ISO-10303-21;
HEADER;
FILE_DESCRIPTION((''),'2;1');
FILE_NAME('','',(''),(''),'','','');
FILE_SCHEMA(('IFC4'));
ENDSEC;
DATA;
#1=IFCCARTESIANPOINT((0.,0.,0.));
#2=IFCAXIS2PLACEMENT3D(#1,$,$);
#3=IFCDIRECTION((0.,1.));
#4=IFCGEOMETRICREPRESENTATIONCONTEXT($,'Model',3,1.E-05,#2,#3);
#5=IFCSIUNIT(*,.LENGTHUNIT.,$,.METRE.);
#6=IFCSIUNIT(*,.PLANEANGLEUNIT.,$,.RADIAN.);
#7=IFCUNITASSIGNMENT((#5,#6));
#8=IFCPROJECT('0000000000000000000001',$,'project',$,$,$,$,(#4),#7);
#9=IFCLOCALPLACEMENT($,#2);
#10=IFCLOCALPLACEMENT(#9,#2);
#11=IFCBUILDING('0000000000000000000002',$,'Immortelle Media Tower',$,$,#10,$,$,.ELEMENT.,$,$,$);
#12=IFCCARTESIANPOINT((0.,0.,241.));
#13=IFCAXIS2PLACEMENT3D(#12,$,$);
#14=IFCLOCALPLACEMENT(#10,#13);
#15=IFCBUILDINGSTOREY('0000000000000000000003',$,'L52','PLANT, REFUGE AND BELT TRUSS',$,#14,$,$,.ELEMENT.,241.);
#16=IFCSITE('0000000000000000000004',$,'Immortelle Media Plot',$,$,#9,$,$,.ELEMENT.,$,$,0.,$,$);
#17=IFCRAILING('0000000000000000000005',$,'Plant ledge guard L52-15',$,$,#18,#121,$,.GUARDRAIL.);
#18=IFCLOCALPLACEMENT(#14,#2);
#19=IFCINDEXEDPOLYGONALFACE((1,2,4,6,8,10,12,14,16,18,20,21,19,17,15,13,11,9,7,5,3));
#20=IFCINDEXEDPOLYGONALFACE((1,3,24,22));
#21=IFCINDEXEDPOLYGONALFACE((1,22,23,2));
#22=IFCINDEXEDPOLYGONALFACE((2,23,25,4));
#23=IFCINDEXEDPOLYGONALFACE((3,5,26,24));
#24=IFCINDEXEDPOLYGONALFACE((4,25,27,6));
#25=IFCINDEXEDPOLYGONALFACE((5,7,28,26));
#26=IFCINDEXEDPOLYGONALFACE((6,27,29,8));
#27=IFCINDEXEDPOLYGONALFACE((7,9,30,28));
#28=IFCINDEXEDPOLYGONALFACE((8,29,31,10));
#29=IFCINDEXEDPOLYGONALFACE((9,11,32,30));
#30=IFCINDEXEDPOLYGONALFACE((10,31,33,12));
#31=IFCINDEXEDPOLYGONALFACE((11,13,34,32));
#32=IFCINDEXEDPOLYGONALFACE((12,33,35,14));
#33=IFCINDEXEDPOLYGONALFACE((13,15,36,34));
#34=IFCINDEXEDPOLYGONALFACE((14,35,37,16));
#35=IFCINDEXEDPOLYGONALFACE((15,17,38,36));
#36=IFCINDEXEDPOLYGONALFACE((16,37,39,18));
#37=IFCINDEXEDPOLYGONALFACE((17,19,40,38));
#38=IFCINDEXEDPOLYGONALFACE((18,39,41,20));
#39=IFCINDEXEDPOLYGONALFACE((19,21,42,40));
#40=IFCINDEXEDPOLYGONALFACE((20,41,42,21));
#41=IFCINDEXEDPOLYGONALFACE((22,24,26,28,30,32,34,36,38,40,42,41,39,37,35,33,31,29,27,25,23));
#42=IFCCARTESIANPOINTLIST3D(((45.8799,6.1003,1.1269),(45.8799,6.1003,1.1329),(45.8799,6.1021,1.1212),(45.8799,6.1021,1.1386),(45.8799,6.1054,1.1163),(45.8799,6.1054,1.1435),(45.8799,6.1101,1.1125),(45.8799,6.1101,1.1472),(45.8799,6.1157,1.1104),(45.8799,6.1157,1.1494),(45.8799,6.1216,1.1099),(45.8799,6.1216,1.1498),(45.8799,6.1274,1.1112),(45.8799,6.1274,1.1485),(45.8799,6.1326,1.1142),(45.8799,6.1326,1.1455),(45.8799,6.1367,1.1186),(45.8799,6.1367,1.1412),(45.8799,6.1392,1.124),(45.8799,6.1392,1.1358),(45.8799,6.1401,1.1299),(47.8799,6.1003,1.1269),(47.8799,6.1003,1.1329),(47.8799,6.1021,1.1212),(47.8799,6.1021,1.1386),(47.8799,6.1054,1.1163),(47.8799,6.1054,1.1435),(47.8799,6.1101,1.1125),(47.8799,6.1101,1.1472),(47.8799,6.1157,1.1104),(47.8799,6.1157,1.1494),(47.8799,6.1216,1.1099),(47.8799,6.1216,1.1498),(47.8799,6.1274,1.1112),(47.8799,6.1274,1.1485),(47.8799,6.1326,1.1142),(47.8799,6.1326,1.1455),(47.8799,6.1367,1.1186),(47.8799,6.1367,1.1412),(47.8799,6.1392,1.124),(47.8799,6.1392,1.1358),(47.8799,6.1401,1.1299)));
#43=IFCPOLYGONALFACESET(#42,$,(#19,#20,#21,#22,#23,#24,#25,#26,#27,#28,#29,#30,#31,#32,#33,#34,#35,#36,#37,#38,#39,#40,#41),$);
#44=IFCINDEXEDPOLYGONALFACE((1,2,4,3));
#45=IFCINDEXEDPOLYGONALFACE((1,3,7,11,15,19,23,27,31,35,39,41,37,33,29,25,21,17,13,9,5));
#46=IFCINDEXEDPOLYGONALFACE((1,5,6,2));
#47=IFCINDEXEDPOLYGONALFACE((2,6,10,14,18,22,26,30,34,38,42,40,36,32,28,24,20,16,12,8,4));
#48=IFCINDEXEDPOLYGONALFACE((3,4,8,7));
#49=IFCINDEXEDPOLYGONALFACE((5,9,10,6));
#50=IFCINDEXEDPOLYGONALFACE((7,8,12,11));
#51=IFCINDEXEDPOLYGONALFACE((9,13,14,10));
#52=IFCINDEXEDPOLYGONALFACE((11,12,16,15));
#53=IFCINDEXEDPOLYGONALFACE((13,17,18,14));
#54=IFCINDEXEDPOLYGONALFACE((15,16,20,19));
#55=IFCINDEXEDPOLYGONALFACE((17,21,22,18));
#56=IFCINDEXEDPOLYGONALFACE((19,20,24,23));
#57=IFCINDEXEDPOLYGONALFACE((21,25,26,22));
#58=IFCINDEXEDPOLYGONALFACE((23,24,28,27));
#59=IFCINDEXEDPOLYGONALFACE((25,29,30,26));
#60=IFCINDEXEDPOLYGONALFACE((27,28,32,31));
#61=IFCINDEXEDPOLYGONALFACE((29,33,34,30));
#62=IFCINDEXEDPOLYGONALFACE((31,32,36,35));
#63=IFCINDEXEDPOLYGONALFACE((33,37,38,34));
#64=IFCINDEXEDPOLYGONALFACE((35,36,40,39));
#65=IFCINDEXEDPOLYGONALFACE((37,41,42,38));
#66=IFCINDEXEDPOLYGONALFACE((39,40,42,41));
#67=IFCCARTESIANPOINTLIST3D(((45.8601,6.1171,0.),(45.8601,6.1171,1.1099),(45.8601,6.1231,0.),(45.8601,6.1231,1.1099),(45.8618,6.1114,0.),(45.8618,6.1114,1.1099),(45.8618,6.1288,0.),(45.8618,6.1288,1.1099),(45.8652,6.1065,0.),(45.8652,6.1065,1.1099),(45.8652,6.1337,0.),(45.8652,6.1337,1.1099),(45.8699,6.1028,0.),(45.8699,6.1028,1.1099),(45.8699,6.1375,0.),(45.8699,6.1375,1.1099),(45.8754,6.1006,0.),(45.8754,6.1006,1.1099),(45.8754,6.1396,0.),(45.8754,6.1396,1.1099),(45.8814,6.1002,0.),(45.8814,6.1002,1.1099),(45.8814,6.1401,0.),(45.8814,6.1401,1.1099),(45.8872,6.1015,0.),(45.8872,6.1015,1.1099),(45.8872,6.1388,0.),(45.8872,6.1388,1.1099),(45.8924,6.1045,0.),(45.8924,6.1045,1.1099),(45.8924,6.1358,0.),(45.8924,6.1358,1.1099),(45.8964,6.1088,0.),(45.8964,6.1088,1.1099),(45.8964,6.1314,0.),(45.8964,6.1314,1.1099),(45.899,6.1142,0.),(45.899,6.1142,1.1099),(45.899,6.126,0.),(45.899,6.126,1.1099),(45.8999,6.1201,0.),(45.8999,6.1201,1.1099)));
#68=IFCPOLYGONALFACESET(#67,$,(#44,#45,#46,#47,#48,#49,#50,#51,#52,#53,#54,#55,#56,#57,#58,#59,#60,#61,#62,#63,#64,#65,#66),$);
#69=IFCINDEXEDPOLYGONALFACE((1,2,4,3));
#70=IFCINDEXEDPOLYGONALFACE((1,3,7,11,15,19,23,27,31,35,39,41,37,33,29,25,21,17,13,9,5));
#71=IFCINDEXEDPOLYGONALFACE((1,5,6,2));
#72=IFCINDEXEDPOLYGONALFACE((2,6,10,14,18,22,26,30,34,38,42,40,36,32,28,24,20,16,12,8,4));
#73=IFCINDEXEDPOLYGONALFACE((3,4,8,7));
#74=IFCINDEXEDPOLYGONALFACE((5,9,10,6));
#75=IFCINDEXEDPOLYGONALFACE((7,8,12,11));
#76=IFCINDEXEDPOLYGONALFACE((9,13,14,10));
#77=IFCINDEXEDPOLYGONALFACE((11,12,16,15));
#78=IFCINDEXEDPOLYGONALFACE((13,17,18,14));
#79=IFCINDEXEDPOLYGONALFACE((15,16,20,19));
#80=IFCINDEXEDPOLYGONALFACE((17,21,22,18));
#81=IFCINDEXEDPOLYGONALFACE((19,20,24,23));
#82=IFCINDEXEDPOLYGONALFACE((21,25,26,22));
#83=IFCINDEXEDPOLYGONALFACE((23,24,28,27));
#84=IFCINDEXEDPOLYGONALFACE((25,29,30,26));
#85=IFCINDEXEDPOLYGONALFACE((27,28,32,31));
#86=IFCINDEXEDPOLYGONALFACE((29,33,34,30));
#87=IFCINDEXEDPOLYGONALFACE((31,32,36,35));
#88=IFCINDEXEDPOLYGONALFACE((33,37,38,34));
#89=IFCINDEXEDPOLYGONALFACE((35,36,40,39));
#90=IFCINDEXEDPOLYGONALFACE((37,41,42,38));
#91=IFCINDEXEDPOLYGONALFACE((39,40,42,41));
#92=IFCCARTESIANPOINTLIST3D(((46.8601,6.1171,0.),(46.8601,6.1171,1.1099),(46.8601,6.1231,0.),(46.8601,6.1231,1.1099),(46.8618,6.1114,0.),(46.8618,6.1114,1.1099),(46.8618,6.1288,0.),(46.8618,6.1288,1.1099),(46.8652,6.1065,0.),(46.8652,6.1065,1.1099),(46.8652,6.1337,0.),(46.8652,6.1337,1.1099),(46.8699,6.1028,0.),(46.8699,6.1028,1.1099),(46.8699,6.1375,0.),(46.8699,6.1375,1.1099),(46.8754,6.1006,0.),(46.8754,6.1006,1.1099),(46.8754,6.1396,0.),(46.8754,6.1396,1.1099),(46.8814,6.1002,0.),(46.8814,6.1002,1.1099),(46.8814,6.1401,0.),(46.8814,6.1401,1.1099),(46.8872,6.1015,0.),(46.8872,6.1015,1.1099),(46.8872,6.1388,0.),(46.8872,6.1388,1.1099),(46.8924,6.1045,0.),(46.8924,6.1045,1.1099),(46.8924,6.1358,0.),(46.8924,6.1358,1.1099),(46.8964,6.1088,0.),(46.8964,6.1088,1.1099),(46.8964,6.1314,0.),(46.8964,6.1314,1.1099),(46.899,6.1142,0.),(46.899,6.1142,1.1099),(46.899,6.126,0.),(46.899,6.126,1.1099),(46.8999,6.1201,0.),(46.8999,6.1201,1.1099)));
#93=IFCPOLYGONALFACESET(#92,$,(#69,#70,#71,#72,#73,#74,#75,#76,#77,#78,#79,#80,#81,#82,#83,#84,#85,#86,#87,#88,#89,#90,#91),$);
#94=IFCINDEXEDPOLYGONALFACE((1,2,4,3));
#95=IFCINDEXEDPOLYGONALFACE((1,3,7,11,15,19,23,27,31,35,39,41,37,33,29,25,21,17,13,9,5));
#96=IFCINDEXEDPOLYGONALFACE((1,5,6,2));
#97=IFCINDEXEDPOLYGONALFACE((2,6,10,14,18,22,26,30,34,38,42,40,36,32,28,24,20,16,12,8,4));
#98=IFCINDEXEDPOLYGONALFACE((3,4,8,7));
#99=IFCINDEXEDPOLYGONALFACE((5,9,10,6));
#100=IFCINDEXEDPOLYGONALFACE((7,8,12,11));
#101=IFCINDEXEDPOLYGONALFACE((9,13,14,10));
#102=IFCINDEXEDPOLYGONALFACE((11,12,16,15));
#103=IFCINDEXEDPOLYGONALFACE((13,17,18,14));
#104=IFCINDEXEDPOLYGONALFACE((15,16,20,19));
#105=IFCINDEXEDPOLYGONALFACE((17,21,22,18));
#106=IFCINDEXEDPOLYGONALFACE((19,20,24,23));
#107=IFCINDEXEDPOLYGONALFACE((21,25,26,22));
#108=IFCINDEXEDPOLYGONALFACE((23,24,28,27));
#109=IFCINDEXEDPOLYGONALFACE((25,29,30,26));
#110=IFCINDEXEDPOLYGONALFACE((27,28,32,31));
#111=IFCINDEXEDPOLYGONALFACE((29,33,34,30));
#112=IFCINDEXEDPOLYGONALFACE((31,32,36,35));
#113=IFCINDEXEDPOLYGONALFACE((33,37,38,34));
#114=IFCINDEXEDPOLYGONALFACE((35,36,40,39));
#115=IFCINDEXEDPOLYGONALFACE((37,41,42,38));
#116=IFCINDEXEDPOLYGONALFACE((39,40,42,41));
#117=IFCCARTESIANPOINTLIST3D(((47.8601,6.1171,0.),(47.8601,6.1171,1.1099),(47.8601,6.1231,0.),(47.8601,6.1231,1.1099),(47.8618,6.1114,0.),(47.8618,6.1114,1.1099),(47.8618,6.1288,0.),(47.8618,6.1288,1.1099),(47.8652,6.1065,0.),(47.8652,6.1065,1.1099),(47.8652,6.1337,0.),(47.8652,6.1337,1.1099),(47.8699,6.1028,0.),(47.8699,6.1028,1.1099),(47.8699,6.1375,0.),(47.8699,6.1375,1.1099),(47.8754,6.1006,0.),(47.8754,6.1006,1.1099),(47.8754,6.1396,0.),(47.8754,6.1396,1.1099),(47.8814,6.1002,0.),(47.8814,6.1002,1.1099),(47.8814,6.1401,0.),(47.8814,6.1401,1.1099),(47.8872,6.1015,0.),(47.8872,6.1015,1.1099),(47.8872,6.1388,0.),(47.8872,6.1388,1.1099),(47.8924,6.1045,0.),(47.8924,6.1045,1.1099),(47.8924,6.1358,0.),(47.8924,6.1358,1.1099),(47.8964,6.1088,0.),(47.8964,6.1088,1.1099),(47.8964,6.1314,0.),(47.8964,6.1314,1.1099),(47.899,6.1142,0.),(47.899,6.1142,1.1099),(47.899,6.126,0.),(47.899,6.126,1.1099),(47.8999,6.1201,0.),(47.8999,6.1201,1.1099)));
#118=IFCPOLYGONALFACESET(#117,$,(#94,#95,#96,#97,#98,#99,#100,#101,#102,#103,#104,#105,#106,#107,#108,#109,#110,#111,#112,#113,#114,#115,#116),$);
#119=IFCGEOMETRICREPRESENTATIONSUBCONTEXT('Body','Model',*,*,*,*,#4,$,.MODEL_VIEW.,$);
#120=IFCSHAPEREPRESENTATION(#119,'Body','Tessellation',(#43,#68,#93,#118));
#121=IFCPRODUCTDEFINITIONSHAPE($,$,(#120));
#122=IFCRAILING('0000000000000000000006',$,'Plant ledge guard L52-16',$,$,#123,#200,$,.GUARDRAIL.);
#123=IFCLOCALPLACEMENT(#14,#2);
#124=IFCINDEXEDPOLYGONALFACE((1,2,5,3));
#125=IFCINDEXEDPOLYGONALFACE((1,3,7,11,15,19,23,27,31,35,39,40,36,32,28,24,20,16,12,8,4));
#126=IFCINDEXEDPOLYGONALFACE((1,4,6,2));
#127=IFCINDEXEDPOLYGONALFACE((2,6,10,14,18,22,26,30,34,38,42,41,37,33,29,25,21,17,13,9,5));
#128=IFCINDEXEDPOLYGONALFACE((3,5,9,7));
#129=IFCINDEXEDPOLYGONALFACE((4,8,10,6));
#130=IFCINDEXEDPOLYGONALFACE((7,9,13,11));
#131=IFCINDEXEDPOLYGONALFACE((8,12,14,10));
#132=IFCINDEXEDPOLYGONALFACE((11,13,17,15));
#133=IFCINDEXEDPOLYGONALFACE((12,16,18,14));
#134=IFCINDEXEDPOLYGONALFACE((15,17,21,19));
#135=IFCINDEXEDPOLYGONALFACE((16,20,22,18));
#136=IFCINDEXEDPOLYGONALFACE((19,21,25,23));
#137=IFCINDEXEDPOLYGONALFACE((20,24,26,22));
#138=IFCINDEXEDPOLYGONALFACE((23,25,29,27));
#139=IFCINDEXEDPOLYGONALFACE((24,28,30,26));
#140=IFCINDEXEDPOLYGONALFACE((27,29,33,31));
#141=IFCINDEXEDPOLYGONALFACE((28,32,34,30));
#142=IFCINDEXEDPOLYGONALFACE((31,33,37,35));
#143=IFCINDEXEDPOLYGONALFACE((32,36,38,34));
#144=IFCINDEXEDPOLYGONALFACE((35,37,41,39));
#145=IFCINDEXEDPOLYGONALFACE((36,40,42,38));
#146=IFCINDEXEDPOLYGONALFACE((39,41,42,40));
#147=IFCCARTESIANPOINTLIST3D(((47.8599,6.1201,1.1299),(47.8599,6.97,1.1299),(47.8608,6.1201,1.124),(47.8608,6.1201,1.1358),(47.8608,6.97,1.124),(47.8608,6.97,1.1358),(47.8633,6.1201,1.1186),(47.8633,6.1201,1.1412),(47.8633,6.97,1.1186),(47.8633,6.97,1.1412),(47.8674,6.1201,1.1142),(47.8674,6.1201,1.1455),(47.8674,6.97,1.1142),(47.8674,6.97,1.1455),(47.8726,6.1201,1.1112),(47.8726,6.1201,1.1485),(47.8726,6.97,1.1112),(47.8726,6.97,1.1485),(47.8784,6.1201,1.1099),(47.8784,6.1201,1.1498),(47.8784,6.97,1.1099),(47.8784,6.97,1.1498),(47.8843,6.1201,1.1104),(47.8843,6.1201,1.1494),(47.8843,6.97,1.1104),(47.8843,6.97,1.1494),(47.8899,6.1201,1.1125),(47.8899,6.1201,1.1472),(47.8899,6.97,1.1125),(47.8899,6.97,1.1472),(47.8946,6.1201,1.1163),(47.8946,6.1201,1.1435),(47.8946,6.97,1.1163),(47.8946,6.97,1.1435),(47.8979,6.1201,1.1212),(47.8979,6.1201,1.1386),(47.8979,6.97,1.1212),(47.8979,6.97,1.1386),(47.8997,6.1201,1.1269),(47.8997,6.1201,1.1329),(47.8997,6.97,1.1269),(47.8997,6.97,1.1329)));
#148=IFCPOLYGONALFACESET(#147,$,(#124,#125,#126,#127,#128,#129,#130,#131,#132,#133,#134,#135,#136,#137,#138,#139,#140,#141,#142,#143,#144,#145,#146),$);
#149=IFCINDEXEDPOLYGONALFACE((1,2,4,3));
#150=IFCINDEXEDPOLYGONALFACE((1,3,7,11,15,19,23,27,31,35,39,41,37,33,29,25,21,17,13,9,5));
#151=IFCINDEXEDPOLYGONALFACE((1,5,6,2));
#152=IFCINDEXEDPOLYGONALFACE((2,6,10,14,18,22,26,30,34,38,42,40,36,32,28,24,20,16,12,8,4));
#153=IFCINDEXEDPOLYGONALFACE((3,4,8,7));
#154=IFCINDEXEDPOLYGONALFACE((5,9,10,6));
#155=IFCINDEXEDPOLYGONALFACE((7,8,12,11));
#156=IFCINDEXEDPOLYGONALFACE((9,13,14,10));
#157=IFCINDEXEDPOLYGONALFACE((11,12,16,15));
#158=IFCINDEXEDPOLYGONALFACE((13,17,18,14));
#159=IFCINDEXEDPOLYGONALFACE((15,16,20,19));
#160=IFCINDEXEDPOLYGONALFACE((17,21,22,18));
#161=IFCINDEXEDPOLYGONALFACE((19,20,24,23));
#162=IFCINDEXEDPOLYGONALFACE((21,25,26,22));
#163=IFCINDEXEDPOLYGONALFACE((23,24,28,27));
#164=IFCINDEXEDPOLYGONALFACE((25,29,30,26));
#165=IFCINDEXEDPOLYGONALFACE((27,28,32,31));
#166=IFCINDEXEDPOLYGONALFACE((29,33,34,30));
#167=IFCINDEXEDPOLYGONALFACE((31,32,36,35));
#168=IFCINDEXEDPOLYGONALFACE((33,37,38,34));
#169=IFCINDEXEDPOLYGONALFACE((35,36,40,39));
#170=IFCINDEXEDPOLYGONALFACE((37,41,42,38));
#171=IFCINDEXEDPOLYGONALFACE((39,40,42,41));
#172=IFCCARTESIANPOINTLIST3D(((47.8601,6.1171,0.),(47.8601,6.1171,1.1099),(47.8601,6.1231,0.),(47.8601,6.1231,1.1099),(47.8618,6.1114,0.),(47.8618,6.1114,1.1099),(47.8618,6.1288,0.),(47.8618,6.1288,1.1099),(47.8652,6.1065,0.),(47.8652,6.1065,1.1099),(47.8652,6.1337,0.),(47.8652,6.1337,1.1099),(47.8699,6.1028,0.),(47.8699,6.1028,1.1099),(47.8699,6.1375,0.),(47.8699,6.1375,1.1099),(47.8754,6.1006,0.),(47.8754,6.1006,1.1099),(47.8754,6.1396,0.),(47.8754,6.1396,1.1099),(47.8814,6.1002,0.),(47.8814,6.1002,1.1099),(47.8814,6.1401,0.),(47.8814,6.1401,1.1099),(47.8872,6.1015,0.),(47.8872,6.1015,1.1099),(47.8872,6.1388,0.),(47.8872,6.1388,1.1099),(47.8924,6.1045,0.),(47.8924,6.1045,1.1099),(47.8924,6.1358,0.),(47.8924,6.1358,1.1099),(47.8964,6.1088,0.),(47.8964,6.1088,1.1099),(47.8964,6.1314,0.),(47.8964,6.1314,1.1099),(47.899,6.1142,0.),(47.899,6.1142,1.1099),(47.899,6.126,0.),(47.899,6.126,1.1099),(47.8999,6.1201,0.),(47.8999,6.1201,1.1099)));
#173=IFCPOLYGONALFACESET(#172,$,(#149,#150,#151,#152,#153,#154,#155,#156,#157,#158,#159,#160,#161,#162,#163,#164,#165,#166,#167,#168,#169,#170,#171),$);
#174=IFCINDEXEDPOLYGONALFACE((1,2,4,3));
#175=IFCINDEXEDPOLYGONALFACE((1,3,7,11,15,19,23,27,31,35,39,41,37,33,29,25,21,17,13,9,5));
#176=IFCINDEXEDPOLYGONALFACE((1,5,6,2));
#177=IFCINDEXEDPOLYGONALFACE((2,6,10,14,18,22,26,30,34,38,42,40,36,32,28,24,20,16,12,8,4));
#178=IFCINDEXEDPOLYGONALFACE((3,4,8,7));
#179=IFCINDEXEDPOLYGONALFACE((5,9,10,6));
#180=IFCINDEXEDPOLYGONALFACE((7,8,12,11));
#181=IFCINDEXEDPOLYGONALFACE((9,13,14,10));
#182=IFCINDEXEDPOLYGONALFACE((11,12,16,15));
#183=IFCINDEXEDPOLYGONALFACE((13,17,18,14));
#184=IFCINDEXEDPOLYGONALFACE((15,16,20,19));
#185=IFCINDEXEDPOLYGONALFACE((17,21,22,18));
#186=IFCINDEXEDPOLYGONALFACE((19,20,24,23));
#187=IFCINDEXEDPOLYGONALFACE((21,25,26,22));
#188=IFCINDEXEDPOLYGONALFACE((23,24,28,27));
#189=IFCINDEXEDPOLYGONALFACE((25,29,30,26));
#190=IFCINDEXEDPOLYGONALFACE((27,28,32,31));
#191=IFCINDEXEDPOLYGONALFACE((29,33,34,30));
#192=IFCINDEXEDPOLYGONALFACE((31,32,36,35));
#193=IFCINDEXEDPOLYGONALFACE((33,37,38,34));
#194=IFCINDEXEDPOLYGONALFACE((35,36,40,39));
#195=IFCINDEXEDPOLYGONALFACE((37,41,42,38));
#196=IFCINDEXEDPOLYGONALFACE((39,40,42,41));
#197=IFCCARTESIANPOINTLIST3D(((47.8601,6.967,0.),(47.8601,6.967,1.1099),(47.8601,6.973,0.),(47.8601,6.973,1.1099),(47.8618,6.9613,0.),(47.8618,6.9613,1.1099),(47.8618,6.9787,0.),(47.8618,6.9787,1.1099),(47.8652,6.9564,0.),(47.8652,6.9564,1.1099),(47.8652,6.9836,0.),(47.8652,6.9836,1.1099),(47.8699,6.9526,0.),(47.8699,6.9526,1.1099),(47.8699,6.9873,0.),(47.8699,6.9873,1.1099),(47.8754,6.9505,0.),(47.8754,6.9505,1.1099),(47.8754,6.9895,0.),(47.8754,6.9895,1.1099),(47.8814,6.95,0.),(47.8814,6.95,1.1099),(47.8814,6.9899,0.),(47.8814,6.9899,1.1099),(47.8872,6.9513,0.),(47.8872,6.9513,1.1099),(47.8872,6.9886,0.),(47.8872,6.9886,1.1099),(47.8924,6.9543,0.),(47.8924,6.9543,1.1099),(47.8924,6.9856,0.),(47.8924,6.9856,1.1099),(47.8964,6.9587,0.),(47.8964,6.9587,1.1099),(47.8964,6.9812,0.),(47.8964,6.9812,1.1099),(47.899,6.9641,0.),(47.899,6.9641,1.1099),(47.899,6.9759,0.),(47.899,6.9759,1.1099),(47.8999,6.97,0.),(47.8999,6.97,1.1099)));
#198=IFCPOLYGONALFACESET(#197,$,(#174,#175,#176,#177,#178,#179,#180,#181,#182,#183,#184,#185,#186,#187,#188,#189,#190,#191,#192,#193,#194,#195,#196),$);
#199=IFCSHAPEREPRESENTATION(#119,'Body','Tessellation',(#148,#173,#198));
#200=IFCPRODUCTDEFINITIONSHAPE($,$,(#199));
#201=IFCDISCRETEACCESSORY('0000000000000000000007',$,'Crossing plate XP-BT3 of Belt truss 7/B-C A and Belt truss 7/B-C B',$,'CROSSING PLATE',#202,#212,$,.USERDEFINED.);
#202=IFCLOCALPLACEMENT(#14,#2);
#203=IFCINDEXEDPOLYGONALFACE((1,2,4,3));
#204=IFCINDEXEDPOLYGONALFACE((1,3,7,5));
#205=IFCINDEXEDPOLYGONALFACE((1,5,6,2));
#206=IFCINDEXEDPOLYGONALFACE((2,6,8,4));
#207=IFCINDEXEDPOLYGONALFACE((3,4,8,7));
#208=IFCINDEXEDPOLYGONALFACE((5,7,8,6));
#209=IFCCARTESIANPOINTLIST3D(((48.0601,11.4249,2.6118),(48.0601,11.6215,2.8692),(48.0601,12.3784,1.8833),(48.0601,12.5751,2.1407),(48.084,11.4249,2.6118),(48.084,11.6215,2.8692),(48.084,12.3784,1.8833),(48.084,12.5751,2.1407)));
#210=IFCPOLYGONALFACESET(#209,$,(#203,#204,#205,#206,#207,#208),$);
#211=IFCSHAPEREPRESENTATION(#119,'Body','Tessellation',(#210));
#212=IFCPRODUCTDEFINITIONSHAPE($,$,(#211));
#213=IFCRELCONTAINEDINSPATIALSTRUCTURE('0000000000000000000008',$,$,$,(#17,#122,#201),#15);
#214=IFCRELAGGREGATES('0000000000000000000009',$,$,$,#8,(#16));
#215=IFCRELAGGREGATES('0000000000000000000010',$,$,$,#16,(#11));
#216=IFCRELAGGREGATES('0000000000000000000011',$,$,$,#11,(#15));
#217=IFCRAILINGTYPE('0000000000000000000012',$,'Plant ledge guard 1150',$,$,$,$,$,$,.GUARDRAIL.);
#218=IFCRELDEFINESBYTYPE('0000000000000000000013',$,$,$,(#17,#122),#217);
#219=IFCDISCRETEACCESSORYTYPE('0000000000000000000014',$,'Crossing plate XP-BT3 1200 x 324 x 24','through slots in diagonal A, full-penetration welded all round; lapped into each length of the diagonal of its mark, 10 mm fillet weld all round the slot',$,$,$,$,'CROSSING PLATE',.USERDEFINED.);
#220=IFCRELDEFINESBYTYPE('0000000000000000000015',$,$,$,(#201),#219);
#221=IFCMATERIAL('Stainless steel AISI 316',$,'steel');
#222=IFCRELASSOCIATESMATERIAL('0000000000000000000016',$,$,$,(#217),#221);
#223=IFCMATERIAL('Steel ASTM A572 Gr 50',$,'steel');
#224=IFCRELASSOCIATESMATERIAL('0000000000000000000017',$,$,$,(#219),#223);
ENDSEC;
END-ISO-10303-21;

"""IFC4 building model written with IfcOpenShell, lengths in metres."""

from ifc_helpers import new_model, si_unit, direction, frame, origin, origin_2d, place, context, subcontext, project, spatial, rectangle, circle, extrude, material, material_profile, profile_set, type_object, element, save


model = new_model("IFC4")

# Units and contexts
model_context = context("Model", 3, precision=1e-05, world=origin(), true_north=direction((0.0, 1.0)))
body_context = subcontext(model_context, "Body", "Model", "MODEL_VIEW")
ifc_project = project(units=[si_unit("LENGTHUNIT", "METRE"), si_unit("PLANEANGLEUNIT", "RADIAN")], contexts=[model_context])

# Site, building, storey
site_placement = place(None, origin())
site = spatial("IfcSite", under=ifc_project, at=site_placement, Name="Immortelle Media Plot", CompositionType="ELEMENT", RefElevation=0.0)
building_placement = place(site_placement, origin())
building = spatial("IfcBuilding", under=site, at=building_placement, Name="Immortelle Media Tower", CompositionType="ELEMENT")
storey_placement = place(building_placement, frame((0.0, 0.0, 241.0)))
storey = spatial("IfcBuildingStorey", under=building, at=storey_placement, Name="L52", Description="PLANT, REFUGE AND BELT TRUSS", CompositionType="ELEMENT", Elevation=241.0)

# Railings
ifc_material_1 = material(Name="Stainless steel AISI 316", Category="steel")
railing_type = type_object("IfcRailingType", Name="Plant ledge guard 1150", PredefinedType="GUARDRAIL", material=ifc_material_1)
railing_1_placement = place(storey_placement, frame((45.8799, 6.1201, 0.0)))
element("IfcRailing", 1, at=railing_1_placement, inside=storey, type_object=railing_type, Name="Plant ledge guard L52-15", PredefinedType="GUARDRAIL", context=body_context, shape_type="SweptSolid", body=[
    extrude(circle(Radius=0.02, at=origin_2d()), frame((0.0, 0.0, 1.1299), z_axis=(1.0, 0.0, 0.0), x_axis=(0.0, 1.0, 0.0)), (0.0, 0.0, 1.0), 2.0),
    extrude(circle(Radius=0.02, at=origin_2d()), origin(), (0.0, 0.0, 1.0), 1.1099),
    extrude(circle(Radius=0.02, at=origin_2d()), frame((1.0, 0.0, 0.0)), (0.0, 0.0, 1.0), 1.1099),
    extrude(circle(Radius=0.02, at=origin_2d()), frame((2.0, 0.0, 0.0)), (0.0, 0.0, 1.0), 1.1099),
])
railing_2_placement = place(storey_placement, frame((47.8799, 6.1201, 0.0)))
element("IfcRailing", 2, at=railing_2_placement, inside=storey, type_object=railing_type, Name="Plant ledge guard L52-16", PredefinedType="GUARDRAIL", context=body_context, shape_type="SweptSolid", body=[
    extrude(circle(Radius=0.02, at=origin_2d()), frame((0.0, 0.0, 1.1299), z_axis=(0.0, 1.0, 0.0), x_axis=(-1.0, 0.0, 0.0)), (0.0, 0.0, 1.0), 0.8499),
    extrude(circle(Radius=0.02, at=origin_2d()), origin(), (0.0, 0.0, 1.0), 1.1099),
    extrude(circle(Radius=0.02, at=origin_2d()), frame((0.0, 0.8499, 0.0)), (0.0, 0.0, 1.0), 1.1099),
])

# Discrete accessory
ifc_material_2 = material(Name="Steel ASTM A572 Gr 50", Category="steel")
ifc_material_profile_1 = material_profile(ifc_material_2, rectangle(XDim=0.0239, YDim=0.324, at=origin_2d()), Name="PL 24 x 324")
ifc_profile_set_1 = profile_set([ifc_material_profile_1], Name="Steel ASTM A572 Gr 50")
discrete_accessory_type_1 = type_object("IfcDiscreteAccessoryType", Name="Crossing plate XP-BT3 1200 x 324 x 24", Description="through slots in diagonal A, full-penetration welded all round; lapped into each length of the diagonal of its mark, 10 mm fillet weld all round the slot", ElementType="CROSSING PLATE", PredefinedType="USERDEFINED", material=ifc_profile_set_1)
discrete_accessory_placement = place(storey_placement, frame((48.072, 11.5232, 2.7405), z_axis=(0.0, 0.794646, -0.607072), x_axis=(-1.0, 0.0, 0.0)))
element("IfcDiscreteAccessory", 3, at=discrete_accessory_placement, inside=storey, type_object=discrete_accessory_type_1, Name="Crossing plate XP-BT3 of Belt truss 7/B-C A and Belt truss 7/B-C B", ObjectType="CROSSING PLATE", PredefinedType="USERDEFINED", context=body_context, shape_type="SweptSolid", body=[
    extrude(rectangle(XDim=0.0239, YDim=0.324, at=origin_2d()), origin(), (0.0, 0.0, 1.0), 1.2),
])

save(model, "model.ifc")
